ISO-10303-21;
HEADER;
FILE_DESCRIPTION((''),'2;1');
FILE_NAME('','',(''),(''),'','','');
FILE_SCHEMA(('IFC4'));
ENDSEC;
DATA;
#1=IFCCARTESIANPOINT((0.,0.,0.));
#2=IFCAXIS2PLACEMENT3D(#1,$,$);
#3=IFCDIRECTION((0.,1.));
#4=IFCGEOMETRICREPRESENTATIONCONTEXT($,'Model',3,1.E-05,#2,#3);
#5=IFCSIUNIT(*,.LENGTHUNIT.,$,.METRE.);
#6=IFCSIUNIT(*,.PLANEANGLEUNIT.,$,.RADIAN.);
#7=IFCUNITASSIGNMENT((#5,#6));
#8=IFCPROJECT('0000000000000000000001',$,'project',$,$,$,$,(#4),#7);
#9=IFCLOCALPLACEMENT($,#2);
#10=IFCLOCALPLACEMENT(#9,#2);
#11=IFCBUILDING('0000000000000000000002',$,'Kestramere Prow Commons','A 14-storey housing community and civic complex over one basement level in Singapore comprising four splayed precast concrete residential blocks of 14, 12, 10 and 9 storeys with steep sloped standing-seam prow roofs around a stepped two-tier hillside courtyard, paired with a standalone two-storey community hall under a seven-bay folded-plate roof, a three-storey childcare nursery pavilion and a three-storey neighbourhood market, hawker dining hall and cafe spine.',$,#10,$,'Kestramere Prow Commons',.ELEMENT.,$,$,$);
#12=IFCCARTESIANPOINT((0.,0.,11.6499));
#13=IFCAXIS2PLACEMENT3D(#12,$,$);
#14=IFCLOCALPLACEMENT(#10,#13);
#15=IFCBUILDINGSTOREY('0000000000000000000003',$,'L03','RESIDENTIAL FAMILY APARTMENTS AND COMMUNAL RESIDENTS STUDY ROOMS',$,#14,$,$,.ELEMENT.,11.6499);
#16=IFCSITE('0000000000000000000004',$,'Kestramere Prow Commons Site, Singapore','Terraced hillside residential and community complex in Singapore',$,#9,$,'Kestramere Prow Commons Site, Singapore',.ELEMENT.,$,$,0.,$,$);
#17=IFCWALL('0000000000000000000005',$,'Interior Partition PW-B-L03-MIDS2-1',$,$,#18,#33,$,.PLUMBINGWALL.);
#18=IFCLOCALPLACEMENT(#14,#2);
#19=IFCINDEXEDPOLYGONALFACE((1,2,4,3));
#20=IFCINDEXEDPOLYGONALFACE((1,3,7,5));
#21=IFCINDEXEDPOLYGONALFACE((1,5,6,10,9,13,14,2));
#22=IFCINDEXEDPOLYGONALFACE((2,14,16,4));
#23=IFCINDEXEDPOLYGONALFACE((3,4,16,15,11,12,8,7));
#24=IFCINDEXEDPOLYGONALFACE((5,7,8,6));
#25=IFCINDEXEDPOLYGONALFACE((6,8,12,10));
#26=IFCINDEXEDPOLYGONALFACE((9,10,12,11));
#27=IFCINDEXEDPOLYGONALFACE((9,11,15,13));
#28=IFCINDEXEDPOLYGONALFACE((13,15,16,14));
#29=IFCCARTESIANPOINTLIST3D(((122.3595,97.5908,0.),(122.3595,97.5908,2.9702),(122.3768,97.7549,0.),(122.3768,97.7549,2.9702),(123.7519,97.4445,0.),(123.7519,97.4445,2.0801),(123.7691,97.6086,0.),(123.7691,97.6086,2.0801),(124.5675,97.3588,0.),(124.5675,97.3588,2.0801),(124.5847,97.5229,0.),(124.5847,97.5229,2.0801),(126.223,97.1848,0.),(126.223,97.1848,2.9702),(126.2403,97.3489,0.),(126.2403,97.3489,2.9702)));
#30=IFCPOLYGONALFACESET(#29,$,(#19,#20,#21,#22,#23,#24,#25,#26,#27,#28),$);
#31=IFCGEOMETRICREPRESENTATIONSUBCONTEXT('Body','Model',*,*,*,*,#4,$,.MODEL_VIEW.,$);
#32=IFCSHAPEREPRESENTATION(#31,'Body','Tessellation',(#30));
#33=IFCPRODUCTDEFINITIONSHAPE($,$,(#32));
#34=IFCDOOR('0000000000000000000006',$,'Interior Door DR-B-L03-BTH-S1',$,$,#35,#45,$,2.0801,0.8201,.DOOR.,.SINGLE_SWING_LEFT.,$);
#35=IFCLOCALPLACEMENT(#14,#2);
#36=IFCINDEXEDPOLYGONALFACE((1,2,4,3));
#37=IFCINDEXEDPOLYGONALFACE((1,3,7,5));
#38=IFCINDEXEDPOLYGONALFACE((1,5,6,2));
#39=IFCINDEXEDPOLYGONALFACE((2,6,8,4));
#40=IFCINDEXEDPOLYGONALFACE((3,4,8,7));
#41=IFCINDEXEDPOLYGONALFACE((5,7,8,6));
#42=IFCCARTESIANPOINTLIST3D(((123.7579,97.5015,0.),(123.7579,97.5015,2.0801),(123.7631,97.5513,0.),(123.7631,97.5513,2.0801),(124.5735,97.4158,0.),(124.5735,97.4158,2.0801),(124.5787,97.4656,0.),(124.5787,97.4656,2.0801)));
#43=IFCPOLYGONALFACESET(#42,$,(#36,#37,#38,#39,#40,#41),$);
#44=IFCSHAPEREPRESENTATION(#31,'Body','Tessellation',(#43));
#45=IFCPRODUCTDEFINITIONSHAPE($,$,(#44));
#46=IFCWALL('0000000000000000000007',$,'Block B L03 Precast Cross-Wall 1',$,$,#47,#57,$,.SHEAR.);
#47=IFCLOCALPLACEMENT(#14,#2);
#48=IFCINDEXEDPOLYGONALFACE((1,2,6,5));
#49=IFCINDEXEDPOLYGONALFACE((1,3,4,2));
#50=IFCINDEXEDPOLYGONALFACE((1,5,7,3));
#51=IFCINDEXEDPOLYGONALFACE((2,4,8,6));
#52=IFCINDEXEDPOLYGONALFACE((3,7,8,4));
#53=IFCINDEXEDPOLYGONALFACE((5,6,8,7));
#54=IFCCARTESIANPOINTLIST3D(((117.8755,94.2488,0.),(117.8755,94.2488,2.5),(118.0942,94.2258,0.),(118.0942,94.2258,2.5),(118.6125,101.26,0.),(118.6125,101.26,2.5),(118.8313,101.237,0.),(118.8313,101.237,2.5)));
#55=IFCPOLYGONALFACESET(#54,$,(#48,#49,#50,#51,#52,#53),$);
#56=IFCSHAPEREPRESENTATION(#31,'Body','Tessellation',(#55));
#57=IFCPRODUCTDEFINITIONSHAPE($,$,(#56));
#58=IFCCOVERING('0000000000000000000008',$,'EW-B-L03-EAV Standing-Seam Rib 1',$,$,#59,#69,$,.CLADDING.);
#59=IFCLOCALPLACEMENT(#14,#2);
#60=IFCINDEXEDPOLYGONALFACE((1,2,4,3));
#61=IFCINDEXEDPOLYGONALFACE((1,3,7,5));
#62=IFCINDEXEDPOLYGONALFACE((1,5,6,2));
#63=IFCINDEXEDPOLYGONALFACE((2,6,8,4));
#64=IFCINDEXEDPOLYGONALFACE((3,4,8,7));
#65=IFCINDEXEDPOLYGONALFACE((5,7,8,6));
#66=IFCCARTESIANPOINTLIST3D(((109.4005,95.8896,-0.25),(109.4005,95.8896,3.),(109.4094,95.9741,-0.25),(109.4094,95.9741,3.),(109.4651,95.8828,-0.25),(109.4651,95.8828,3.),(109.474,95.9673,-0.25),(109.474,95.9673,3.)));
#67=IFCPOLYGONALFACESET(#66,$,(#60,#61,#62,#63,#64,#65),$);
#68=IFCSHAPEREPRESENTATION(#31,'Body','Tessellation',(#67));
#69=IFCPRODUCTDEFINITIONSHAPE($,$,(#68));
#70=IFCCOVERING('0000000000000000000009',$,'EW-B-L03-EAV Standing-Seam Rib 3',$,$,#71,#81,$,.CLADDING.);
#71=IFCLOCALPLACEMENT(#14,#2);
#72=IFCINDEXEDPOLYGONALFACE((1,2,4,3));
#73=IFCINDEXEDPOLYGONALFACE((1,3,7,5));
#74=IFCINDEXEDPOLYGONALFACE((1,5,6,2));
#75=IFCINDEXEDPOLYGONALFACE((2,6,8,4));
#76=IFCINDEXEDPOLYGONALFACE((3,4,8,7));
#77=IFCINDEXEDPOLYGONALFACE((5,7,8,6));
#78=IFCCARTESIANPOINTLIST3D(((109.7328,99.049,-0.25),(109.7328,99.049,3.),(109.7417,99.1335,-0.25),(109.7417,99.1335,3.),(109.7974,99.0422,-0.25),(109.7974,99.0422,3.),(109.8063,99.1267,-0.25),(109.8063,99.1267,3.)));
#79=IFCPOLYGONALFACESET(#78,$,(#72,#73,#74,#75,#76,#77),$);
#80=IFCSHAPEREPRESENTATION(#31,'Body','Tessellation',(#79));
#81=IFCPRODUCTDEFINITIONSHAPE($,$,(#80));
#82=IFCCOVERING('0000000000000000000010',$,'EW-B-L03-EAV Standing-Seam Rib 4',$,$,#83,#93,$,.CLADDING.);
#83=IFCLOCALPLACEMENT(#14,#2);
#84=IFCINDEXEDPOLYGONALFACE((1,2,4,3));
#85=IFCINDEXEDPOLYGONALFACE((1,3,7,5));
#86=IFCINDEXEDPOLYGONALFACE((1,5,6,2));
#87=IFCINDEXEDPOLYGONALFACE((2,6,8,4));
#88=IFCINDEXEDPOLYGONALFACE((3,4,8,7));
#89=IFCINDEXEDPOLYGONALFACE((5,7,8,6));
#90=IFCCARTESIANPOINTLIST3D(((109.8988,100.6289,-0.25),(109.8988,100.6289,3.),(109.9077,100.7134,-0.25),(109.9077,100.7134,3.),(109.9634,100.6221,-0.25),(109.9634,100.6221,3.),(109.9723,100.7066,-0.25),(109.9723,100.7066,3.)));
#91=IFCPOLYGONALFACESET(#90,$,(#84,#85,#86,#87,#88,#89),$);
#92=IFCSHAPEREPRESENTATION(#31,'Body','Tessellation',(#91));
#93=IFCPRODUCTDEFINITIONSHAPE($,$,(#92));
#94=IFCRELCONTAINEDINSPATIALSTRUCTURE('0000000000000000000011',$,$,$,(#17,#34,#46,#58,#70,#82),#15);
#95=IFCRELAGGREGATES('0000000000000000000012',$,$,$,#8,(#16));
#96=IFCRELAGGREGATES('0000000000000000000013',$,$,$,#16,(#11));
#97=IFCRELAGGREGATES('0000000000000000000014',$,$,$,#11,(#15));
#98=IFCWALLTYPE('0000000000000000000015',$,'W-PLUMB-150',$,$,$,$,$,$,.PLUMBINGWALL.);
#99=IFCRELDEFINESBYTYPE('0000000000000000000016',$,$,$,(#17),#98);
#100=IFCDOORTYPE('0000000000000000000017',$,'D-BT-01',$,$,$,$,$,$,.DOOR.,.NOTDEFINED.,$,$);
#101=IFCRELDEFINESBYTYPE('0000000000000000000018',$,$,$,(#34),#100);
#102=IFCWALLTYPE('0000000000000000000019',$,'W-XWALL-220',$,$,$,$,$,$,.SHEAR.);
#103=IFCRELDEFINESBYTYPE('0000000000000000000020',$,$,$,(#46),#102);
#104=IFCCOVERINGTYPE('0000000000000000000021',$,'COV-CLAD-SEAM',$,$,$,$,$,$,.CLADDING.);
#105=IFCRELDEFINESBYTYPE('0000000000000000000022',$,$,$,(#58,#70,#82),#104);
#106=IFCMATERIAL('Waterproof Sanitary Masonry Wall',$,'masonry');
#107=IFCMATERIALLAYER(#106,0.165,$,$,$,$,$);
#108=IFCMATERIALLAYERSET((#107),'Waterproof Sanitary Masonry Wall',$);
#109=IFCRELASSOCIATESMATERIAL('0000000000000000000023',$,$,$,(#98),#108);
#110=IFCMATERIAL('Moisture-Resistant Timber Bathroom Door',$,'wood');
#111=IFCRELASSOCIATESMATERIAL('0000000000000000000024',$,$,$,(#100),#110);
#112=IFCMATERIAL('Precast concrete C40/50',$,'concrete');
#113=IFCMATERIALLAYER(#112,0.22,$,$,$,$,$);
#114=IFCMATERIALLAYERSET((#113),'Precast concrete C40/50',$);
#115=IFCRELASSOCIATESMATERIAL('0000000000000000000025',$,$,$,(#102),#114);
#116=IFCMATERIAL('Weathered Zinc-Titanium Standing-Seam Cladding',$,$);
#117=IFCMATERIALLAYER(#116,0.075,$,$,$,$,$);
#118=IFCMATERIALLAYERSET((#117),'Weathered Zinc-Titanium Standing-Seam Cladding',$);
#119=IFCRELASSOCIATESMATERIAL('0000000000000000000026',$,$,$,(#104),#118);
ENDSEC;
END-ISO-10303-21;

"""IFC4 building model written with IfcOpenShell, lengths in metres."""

from ifc_helpers import new_model, si_unit, direction, frame, frame_2d, origin, origin_2d, place, context, subcontext, project, spatial, rectangle, extrude, material, layer, layer_set, type_object, element, fill, save


model = new_model("IFC4")

# Units and contexts
model_context = context("Model", 3, precision=1e-05, world=origin(), true_north=direction((0.0, 1.0)))
body_context = subcontext(model_context, "Body", "Model", "MODEL_VIEW")
ifc_project = project(units=[si_unit("LENGTHUNIT", "METRE"), si_unit("PLANEANGLEUNIT", "RADIAN")], contexts=[model_context])

# Site, building, storey
site_placement = place(None, origin())
site = spatial("IfcSite", under=ifc_project, at=site_placement, Name="Kestramere Prow Commons Site, Singapore", Description="Terraced hillside residential and community complex in Singapore", LongName="Kestramere Prow Commons Site, Singapore", CompositionType="ELEMENT", RefElevation=0.0)
building_placement = place(site_placement, origin())
building = spatial("IfcBuilding", under=site, at=building_placement, Name="Kestramere Prow Commons", Description="A 14-storey housing community and civic complex over one basement level in Singapore comprising four splayed precast concrete residential blocks of 14, 12, 10 and 9 storeys with steep sloped standing-seam prow roofs around a stepped two-tier hillside courtyard, paired with a standalone two-storey community hall under a seven-bay folded-plate roof, a three-storey childcare nursery pavilion and a three-storey neighbourhood market, hawker dining hall and cafe spine.", LongName="Kestramere Prow Commons", CompositionType="ELEMENT")
storey_placement = place(building_placement, frame((0.0, 0.0, 11.6499)))
storey = spatial("IfcBuildingStorey", under=building, at=storey_placement, Name="L03", Description="RESIDENTIAL FAMILY APARTMENTS AND COMMUNAL RESIDENTS STUDY ROOMS", CompositionType="ELEMENT", Elevation=11.6499)

# Shared definitions
ifc_material_1 = material(Name="Precast concrete C40/50", Category="concrete")

# Shared definitions
ifc_material_2 = material(Name="Waterproof Sanitary Masonry Wall", Category="masonry")
ifc_layer_1 = layer(ifc_material_2, 0.165)
ifc_layer_set_1 = layer_set([ifc_layer_1], Name="Waterproof Sanitary Masonry Wall")
wall_type_1 = type_object("IfcWallType", Name="W-PLUMB-150", PredefinedType="PLUMBINGWALL", material=ifc_layer_set_1)
ifc_material_3 = material(Name="Moisture-Resistant Timber Bathroom Door", Category="wood")
door_type_1 = type_object("IfcDoorType", Name="D-BT-01", OperationType="NOTDEFINED", PredefinedType="DOOR", material=ifc_material_3)

# Wall, opening, door
wall_1_placement = place(storey_placement, frame((122.3682, 97.6729, 0.0), z_axis=(0.0, 0.0, 1.0), x_axis=(0.994524, -0.104511, 0.0)))
wall_1 = element("IfcWall", 1, at=wall_1_placement, inside=storey, type_object=wall_type_1, Name="Interior Partition PW-B-L03-MIDS2-1", PredefinedType="PLUMBINGWALL", context=body_context, shape_type="SweptSolid", body=[
    extrude(rectangle(XDim=3.8848, YDim=0.165, at=frame_2d((1.9424, 0.0))), origin(), (0.0, 0.0, 1.0), 2.9702),
])
opening_1_placement = place(wall_1_placement, frame((1.3999, 0.0, 0.0)))
opening_1 = element("IfcOpeningElement", 2, at=opening_1_placement, cuts=wall_1, PredefinedType="OPENING", context=body_context, shape_type="SweptSolid", body=[
    extrude(rectangle(XDim=0.8201, YDim=2.0801, at=frame_2d((0.4102, 1.04))), frame((0.0, 0.0974, 0.0), z_axis=(0.0, -1.0, 0.0), x_axis=(1.0, 0.0, 0.0)), (0.0, 0.0, 1.0), 0.1951),
])
door_1_placement = place(opening_1_placement, origin())
door_1 = element("IfcDoor", 3, at=door_1_placement, inside=storey, type_object=door_type_1, Name="Interior Door DR-B-L03-BTH-S1", OperationType="SINGLE_SWING_LEFT", OverallHeight=2.0801, OverallWidth=0.8201, PredefinedType="DOOR", context=body_context, shape_type="SweptSolid", body=[
    extrude(rectangle(XDim=0.8201, YDim=2.0801, at=frame_2d((0.4102, 1.04))), frame((0.0, 0.0249, 0.0), z_axis=(0.0, -1.0, 0.0), x_axis=(1.0, 0.0, 0.0)), (0.0, 0.0, 1.0), 0.05),
])
fill(opening_1, door_1)

# Wall
ifc_layer_2 = layer(ifc_material_1, 0.22)
ifc_layer_set_2 = layer_set([ifc_layer_2], Name="Precast concrete C40/50")
wall_type_2 = type_object("IfcWallType", Name="W-XWALL-220", PredefinedType="SHEAR", material=ifc_layer_set_2)
wall_2_placement = place(storey_placement, frame((117.9849, 94.2373, 0.0), z_axis=(0.0, 0.0, 1.0), x_axis=(0.10455, 0.99452, 0.0)))
element("IfcWall", 4, at=wall_2_placement, inside=storey, type_object=wall_type_2, Name="Block B L03 Precast Cross-Wall 1", PredefinedType="SHEAR", context=body_context, shape_type="SweptSolid", body=[
    extrude(rectangle(XDim=7.0498, YDim=0.22, at=frame_2d((3.5249, 0.0))), origin(), (0.0, 0.0, 1.0), 2.5),
])

# Coverings
ifc_material_4 = material(Name="Weathered Zinc-Titanium Standing-Seam Cladding")
ifc_layer_3 = layer(ifc_material_4, 0.075)
ifc_layer_set_3 = layer_set([ifc_layer_3], Name="Weathered Zinc-Titanium Standing-Seam Cladding")
covering_type = type_object("IfcCoveringType", Name="COV-CLAD-SEAM", PredefinedType="CLADDING", material=ifc_layer_set_3)
for number, where, z_axis, x_axis, name in (
    (5, (109.4373, 95.9285, -0.25), (0.0, 0.0, 1.0), (0.104528, 0.994522, 0.0), "EW-B-L03-EAV Standing-Seam Rib 1"),
    (6, (109.7695, 99.0879, -0.25), (0.0, 0.0, 1.0), (0.104528, 0.994522, 0.0), "EW-B-L03-EAV Standing-Seam Rib 3"),
    (7, (109.9355, 100.6677, -0.25), (0.0, 0.0, 1.0), (0.104528, 0.994522, 0.0), "EW-B-L03-EAV Standing-Seam Rib 4"),
):
    element("IfcCovering", number, at=place(storey_placement, frame(where, z_axis=z_axis, x_axis=x_axis)), inside=storey, type_object=covering_type, Name=name, PredefinedType="CLADDING", context=body_context, shape_type="SweptSolid", body=[
        extrude(rectangle(XDim=0.085, YDim=0.0649, at=origin_2d()), origin(), (0.0, 0.0, 1.0), 3.25),
    ])

save(model, "model.ifc")
